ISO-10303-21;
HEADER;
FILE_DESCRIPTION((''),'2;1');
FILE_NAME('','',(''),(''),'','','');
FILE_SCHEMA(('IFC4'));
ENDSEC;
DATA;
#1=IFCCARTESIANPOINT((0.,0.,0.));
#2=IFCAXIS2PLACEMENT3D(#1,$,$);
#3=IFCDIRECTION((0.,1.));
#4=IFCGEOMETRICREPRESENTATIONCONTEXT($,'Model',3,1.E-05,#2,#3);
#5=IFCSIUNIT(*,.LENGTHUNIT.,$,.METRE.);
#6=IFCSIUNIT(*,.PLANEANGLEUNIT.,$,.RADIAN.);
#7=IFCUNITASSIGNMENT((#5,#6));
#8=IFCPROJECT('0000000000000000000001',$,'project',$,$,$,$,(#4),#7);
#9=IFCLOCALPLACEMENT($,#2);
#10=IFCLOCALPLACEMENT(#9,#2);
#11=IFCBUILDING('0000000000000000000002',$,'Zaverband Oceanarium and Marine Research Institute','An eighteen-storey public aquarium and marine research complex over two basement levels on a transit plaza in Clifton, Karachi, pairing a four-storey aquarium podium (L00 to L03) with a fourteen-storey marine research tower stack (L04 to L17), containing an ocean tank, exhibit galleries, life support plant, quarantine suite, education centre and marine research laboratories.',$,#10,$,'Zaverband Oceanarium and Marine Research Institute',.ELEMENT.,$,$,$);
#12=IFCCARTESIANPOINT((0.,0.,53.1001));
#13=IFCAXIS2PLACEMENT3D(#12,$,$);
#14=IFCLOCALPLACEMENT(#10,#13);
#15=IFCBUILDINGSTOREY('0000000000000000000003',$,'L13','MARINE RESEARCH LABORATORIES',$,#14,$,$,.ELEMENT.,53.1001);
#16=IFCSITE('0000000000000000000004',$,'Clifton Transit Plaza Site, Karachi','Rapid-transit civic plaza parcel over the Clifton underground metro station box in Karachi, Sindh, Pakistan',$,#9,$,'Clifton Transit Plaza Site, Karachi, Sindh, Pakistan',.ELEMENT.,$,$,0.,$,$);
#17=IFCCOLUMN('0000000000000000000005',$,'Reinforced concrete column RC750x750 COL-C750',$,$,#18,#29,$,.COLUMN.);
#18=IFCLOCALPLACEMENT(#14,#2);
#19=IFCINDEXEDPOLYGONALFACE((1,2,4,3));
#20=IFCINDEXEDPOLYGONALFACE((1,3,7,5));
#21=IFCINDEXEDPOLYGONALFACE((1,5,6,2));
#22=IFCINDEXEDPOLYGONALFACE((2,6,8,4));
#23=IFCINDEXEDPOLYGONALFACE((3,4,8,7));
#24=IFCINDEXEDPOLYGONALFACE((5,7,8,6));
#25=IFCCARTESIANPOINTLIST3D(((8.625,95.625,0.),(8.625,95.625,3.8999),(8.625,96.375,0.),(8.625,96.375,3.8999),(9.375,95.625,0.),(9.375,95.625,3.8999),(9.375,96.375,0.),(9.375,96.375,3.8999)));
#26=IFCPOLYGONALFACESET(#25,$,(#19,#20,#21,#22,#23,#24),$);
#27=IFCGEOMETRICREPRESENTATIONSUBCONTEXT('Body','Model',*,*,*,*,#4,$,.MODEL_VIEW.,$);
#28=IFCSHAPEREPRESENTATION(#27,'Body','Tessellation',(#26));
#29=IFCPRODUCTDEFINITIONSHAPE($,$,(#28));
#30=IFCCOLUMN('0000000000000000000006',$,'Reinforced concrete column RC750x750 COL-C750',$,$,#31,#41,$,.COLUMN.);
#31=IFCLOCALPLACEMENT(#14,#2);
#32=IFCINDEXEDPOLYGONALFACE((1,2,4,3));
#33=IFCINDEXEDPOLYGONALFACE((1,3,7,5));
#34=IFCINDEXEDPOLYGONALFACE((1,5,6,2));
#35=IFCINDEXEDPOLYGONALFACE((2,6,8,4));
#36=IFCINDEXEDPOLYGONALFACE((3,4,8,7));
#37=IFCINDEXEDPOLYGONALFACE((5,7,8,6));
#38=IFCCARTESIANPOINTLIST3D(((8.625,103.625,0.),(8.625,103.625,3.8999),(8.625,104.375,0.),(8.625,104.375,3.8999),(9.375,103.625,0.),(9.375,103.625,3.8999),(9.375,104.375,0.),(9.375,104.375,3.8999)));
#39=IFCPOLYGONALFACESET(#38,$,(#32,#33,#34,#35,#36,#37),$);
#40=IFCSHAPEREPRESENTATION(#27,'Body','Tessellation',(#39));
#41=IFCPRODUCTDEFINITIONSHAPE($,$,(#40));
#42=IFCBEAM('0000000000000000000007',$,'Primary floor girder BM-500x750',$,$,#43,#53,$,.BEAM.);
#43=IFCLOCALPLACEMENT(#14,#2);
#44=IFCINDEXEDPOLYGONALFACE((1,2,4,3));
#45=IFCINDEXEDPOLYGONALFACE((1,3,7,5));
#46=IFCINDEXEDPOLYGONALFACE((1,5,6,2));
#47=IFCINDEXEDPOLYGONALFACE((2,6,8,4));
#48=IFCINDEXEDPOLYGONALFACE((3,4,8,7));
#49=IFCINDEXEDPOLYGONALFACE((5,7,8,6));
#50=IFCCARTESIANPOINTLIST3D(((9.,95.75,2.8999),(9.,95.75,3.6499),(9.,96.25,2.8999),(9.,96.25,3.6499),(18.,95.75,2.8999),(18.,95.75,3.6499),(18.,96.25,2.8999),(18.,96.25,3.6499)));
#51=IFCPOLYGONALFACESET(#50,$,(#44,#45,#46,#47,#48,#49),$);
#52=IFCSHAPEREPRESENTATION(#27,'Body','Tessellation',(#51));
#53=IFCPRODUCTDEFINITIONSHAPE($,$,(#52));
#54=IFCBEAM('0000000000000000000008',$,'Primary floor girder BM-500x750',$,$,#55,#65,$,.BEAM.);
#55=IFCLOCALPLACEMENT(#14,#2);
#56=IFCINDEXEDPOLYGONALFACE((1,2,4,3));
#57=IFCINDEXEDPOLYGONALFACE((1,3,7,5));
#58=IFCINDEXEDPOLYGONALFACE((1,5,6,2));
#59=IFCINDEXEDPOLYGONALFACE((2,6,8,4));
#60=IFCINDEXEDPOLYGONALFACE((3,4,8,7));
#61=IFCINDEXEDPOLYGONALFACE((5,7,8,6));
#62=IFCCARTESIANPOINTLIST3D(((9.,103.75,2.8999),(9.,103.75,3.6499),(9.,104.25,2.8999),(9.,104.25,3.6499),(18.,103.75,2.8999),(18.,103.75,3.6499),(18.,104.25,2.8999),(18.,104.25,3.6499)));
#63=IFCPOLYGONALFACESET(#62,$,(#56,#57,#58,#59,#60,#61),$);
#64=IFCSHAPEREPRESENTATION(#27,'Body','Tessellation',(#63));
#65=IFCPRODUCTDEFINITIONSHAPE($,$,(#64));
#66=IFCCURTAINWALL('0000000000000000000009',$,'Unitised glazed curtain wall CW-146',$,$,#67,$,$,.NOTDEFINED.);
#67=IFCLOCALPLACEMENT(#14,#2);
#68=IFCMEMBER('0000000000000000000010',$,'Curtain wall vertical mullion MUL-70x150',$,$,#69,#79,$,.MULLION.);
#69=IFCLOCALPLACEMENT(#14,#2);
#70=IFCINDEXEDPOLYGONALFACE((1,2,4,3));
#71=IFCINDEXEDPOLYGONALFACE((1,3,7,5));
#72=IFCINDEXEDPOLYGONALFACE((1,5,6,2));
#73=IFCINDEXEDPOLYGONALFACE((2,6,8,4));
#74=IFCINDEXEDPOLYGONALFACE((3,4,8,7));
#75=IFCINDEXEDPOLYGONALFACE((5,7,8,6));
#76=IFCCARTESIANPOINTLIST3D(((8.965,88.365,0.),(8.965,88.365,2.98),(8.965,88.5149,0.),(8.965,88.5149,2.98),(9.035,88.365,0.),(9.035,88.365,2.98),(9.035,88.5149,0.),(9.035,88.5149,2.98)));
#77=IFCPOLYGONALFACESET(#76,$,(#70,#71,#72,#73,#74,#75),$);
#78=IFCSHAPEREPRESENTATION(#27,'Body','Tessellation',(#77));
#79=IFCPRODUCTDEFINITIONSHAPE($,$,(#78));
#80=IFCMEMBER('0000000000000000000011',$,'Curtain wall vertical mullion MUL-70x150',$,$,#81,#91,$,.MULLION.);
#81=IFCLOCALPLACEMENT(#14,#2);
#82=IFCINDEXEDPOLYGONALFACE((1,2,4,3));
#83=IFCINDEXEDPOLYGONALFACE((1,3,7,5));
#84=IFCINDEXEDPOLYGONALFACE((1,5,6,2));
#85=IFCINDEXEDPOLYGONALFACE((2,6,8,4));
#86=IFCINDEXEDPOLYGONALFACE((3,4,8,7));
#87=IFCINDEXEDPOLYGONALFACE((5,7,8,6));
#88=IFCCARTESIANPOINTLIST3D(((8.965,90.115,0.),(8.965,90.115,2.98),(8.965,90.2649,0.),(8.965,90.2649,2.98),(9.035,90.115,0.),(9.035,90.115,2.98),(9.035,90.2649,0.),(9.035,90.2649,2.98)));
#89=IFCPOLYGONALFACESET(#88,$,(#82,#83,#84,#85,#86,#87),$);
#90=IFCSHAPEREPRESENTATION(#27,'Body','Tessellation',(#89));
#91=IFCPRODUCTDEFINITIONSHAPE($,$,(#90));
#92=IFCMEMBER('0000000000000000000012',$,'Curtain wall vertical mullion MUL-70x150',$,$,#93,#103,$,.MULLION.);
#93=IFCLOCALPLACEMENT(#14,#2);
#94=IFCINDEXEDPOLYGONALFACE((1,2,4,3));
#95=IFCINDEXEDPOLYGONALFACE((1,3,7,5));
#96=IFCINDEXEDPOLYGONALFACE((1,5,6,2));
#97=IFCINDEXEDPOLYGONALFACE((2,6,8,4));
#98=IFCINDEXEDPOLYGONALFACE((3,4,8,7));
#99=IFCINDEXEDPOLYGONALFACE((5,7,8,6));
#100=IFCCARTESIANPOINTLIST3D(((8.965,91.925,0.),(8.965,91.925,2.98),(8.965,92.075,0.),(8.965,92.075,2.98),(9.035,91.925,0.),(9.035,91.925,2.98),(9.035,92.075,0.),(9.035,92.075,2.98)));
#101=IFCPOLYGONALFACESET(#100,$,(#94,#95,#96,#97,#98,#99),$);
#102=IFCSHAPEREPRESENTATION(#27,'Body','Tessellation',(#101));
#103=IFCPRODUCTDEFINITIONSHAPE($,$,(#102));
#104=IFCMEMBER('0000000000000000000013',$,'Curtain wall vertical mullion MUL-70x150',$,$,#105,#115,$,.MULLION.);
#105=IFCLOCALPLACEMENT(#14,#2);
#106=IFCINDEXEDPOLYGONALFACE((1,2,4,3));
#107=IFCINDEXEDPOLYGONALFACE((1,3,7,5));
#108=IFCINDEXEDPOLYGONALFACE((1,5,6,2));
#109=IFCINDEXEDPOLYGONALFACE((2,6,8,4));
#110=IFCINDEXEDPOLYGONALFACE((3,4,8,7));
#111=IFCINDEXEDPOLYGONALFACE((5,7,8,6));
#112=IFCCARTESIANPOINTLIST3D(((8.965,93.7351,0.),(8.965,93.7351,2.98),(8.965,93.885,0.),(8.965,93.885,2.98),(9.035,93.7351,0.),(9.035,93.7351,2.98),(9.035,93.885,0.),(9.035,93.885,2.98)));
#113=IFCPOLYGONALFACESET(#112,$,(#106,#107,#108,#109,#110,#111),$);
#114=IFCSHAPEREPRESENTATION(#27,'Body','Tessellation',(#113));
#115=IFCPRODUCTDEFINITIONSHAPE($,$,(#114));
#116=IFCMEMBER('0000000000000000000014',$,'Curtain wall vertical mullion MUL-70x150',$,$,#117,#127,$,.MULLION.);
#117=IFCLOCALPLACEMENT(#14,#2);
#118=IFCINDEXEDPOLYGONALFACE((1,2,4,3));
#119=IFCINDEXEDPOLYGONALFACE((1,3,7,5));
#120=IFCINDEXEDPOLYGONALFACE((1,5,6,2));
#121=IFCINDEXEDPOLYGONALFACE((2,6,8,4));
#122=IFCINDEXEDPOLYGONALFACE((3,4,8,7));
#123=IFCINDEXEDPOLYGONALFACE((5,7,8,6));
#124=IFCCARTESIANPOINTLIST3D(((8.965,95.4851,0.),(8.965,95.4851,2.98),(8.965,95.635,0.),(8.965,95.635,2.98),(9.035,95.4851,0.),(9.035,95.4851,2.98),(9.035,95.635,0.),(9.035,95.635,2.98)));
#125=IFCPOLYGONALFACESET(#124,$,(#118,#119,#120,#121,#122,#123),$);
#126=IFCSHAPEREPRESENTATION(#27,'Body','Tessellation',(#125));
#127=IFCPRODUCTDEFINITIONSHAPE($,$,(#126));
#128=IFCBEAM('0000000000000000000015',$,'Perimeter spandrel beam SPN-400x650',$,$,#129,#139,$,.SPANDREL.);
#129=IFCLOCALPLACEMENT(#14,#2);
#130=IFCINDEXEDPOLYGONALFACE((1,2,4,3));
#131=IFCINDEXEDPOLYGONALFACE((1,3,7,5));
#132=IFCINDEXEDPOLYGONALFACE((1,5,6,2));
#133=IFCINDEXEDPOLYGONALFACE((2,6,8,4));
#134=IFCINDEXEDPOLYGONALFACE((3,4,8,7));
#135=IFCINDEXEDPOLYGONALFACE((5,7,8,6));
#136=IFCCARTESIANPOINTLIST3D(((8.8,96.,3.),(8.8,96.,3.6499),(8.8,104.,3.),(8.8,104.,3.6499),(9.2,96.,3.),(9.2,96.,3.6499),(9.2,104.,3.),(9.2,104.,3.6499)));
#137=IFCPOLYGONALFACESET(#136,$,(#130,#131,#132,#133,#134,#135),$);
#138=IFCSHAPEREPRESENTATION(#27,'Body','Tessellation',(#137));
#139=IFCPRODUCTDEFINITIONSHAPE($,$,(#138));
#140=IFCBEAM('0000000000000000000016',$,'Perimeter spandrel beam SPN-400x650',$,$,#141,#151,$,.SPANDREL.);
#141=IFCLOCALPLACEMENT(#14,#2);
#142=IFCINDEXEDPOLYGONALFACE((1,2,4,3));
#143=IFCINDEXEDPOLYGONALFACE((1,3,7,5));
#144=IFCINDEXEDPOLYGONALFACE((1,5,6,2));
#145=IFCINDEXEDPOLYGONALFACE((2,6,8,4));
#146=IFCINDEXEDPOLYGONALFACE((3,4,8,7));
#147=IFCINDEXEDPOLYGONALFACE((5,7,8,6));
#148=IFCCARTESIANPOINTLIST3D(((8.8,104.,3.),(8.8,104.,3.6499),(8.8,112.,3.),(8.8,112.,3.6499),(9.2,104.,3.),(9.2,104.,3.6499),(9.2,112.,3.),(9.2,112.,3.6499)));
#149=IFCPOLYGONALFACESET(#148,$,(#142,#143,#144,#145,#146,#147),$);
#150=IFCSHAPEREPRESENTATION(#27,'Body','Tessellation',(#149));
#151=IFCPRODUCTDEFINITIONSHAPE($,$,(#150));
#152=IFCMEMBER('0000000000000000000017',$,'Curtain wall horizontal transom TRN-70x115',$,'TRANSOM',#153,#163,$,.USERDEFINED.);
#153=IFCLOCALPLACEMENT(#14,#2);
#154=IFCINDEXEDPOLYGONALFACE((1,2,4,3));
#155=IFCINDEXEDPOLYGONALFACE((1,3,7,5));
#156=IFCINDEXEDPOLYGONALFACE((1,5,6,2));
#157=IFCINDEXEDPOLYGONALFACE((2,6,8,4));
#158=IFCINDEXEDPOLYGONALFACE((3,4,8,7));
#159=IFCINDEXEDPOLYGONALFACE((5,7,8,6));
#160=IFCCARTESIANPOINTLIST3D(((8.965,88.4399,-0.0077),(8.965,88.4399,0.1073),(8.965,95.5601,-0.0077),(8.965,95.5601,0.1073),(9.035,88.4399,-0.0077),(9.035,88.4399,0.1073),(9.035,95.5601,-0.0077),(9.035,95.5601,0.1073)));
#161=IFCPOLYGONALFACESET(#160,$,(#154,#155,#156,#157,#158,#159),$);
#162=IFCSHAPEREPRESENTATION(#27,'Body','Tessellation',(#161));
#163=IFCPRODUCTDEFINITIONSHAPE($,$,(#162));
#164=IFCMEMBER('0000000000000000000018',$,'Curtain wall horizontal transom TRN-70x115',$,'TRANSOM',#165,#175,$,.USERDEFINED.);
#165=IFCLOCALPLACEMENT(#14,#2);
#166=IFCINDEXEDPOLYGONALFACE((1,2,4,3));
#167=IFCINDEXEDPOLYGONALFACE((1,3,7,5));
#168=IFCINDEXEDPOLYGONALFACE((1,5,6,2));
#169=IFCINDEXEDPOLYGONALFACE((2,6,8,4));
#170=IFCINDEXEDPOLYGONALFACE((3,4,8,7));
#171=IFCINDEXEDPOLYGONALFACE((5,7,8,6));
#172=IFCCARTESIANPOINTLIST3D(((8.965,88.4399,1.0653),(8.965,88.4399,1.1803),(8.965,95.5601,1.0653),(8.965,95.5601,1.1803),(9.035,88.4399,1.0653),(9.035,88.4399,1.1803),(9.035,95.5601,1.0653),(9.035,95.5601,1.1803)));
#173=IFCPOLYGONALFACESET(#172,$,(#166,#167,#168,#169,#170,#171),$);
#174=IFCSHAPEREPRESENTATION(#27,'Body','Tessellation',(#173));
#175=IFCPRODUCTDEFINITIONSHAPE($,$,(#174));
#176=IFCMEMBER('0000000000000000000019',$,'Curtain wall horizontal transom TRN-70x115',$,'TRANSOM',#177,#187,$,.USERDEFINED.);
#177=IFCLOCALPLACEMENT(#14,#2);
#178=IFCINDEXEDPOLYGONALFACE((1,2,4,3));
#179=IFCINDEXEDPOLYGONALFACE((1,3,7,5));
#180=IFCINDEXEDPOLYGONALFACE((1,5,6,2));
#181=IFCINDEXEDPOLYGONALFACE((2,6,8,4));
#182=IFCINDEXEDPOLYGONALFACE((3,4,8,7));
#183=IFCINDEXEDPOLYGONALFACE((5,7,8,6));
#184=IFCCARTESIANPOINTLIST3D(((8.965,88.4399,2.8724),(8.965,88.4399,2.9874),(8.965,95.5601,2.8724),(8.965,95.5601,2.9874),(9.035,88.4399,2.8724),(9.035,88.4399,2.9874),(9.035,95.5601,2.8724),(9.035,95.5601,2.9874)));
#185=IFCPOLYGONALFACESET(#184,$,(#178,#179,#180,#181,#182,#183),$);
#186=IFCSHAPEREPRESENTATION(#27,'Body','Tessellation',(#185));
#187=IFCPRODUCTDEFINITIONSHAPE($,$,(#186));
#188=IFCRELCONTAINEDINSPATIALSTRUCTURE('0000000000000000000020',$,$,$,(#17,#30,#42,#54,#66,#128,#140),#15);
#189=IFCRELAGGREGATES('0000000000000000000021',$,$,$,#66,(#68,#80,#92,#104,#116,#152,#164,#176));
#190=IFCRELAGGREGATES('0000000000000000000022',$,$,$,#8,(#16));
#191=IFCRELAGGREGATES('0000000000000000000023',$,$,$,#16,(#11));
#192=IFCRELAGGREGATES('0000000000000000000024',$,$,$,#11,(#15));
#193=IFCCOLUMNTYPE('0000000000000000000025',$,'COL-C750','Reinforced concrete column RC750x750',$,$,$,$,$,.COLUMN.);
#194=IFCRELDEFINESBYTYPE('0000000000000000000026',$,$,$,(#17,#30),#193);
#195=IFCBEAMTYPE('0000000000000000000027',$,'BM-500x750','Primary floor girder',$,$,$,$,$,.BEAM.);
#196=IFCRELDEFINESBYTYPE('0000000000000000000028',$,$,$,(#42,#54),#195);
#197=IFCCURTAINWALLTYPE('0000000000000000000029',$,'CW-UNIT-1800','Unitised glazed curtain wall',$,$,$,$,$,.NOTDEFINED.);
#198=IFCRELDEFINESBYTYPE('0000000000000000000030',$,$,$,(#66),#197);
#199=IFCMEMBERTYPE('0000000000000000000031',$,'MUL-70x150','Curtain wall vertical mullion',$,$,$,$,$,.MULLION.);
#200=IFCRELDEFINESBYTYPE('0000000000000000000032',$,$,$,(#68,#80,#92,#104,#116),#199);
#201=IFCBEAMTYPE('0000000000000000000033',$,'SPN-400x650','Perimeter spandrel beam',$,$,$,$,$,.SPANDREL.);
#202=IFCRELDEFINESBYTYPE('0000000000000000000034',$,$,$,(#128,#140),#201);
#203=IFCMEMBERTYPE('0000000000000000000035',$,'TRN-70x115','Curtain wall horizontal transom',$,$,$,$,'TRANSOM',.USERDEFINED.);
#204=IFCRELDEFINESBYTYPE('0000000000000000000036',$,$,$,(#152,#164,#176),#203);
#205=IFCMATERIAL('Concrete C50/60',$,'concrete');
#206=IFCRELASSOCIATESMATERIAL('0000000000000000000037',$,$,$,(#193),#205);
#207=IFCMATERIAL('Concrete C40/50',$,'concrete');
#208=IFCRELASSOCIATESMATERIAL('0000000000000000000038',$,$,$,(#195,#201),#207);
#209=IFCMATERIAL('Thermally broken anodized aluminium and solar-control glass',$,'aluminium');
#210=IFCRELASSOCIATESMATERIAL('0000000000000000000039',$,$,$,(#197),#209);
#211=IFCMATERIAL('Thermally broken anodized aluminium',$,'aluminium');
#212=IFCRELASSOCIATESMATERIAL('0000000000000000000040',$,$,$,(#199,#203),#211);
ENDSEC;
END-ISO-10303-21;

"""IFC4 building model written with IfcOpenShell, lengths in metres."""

from ifc_helpers import new_model, si_unit, direction, frame, origin, origin_2d, place, context, subcontext, project, spatial, rectangle, extrude, material, material_profile, profile_set, type_object, element, aggregate, save


model = new_model("IFC4")

# Units and contexts
model_context = context("Model", 3, precision=1e-05, world=origin(), true_north=direction((0.0, 1.0)))
body_context = subcontext(model_context, "Body", "Model", "MODEL_VIEW")
ifc_project = project(units=[si_unit("LENGTHUNIT", "METRE"), si_unit("PLANEANGLEUNIT", "RADIAN")], contexts=[model_context])

# Site, building, storey
site_placement = place(None, origin())
site = spatial("IfcSite", under=ifc_project, at=site_placement, Name="Clifton Transit Plaza Site, Karachi", Description="Rapid-transit civic plaza parcel over the Clifton underground metro station box in Karachi, Sindh, Pakistan", LongName="Clifton Transit Plaza Site, Karachi, Sindh, Pakistan", CompositionType="ELEMENT", RefElevation=0.0)
building_placement = place(site_placement, origin())
building = spatial("IfcBuilding", under=site, at=building_placement, Name="Zaverband Oceanarium and Marine Research Institute", Description="An eighteen-storey public aquarium and marine research complex over two basement levels on a transit plaza in Clifton, Karachi, pairing a four-storey aquarium podium (L00 to L03) with a fourteen-storey marine research tower stack (L04 to L17), containing an ocean tank, exhibit galleries, life support plant, quarantine suite, education centre and marine research laboratories.", LongName="Zaverband Oceanarium and Marine Research Institute", CompositionType="ELEMENT")
storey_placement = place(building_placement, frame((0.0, 0.0, 53.1001)))
storey = spatial("IfcBuildingStorey", under=building, at=storey_placement, Name="L13", Description="MARINE RESEARCH LABORATORIES", CompositionType="ELEMENT", Elevation=53.1001)

# Columns
ifc_material_1 = material(Name="Concrete C50/60", Category="concrete")
ifc_material_profile_1 = material_profile(ifc_material_1, rectangle(XDim=0.75, YDim=0.75, at=origin_2d()), Name="RC750x750")
ifc_profile_set_1 = profile_set([ifc_material_profile_1], Name="Concrete C50/60")
column_type = type_object("IfcColumnType", Name="COL-C750", Description="Reinforced concrete column RC750x750", PredefinedType="COLUMN", material=ifc_profile_set_1)
for number, where, z_axis, x_axis, name in (
    (1, (9.0, 96.0, 0.0), (0.0, 0.0, 1.0), (1.0, 0.0, 0.0), "Reinforced concrete column RC750x750 COL-C750"),
    (2, (9.0, 104.0, 0.0), (0.0, 0.0, 1.0), (1.0, 0.0, 0.0), "Reinforced concrete column RC750x750 COL-C750"),
):
    element("IfcColumn", number, at=place(storey_placement, frame(where, z_axis=z_axis, x_axis=x_axis)), inside=storey, type_object=column_type, Name=name, PredefinedType="COLUMN", context=body_context, shape_type="SweptSolid", body=[
        extrude(rectangle(XDim=0.75, YDim=0.75, at=origin_2d()), origin(), (0.0, 0.0, 1.0), 3.8999),
    ])

# Beams
ifc_material_2 = material(Name="Concrete C40/50", Category="concrete")
ifc_material_profile_2 = material_profile(ifc_material_2, rectangle(XDim=0.5, YDim=0.75, at=origin_2d()), Name="RC500x750")
ifc_profile_set_2 = profile_set([ifc_material_profile_2], Name="Concrete C40/50")
beam_type_1 = type_object("IfcBeamType", Name="BM-500x750", Description="Primary floor girder", PredefinedType="BEAM", material=ifc_profile_set_2)
for number, where, z_axis, x_axis, name in (
    (3, (9.0, 96.0, 3.2749), (1.0, 0.0, 0.0), (0.0, 1.0, 0.0), "Primary floor girder BM-500x750"),
    (4, (9.0, 104.0, 3.2749), (1.0, 0.0, 0.0), (0.0, 1.0, 0.0), "Primary floor girder BM-500x750"),
):
    element("IfcBeam", number, at=place(storey_placement, frame(where, z_axis=z_axis, x_axis=x_axis)), inside=storey, type_object=beam_type_1, Name=name, PredefinedType="BEAM", context=body_context, shape_type="SweptSolid", body=[
        extrude(rectangle(XDim=0.5, YDim=0.75, at=origin_2d()), origin(), (0.0, 0.0, 1.0), 9.0),
    ])

# Curtain wall, members
ifc_material_3 = material(Name="Thermally broken anodized aluminium and solar-control glass", Category="aluminium")
curtain_wall_type = type_object("IfcCurtainWallType", Name="CW-UNIT-1800", Description="Unitised glazed curtain wall", PredefinedType="NOTDEFINED", material=ifc_material_3)
curtain_wall_placement = place(storey_placement, origin())
curtain_wall = element("IfcCurtainWall", 5, at=curtain_wall_placement, inside=storey, type_object=curtain_wall_type, Name="Unitised glazed curtain wall CW-146", PredefinedType="NOTDEFINED")
ifc_material_4 = material(Name="Thermally broken anodized aluminium", Category="aluminium")
ifc_material_profile_3 = material_profile(ifc_material_4, rectangle(XDim=0.0701, YDim=0.1499, at=origin_2d()), Name="AL-MUL-70x150")
ifc_profile_set_3 = profile_set([ifc_material_profile_3], Name="Thermally broken anodized aluminium")
member_type_1 = type_object("IfcMemberType", Name="MUL-70x150", Description="Curtain wall vertical mullion", PredefinedType="MULLION", material=ifc_profile_set_3)
member_1_placement = place(storey_placement, frame((9.0, 88.4399, 0.0), z_axis=(0.0, 0.0, 1.0), x_axis=(1.0, 0.0, 0.0)))
member_1 = element("IfcMember", 6, at=member_1_placement, type_object=member_type_1, Name="Curtain wall vertical mullion MUL-70x150", PredefinedType="MULLION", context=body_context, shape_type="SweptSolid", body=[
    extrude(rectangle(XDim=0.0701, YDim=0.1499, at=origin_2d()), origin(), (0.0, 0.0, 1.0), 2.98),
])
member_2_placement = place(storey_placement, frame((9.0, 90.1899, 0.0), z_axis=(0.0, 0.0, 1.0), x_axis=(1.0, 0.0, 0.0)))
member_2 = element("IfcMember", 7, at=member_2_placement, type_object=member_type_1, Name="Curtain wall vertical mullion MUL-70x150", PredefinedType="MULLION", context=body_context, shape_type="SweptSolid", body=[
    extrude(rectangle(XDim=0.0701, YDim=0.1499, at=origin_2d()), origin(), (0.0, 0.0, 1.0), 2.98),
])
member_3_placement = place(storey_placement, frame((9.0, 92.0, 0.0), z_axis=(0.0, 0.0, 1.0), x_axis=(1.0, 0.0, 0.0)))
member_3 = element("IfcMember", 8, at=member_3_placement, type_object=member_type_1, Name="Curtain wall vertical mullion MUL-70x150", PredefinedType="MULLION", context=body_context, shape_type="SweptSolid", body=[
    extrude(rectangle(XDim=0.0701, YDim=0.1499, at=origin_2d()), origin(), (0.0, 0.0, 1.0), 2.98),
])
member_4_placement = place(storey_placement, frame((9.0, 93.8101, 0.0), z_axis=(0.0, 0.0, 1.0), x_axis=(1.0, 0.0, 0.0)))
member_4 = element("IfcMember", 9, at=member_4_placement, type_object=member_type_1, Name="Curtain wall vertical mullion MUL-70x150", PredefinedType="MULLION", context=body_context, shape_type="SweptSolid", body=[
    extrude(rectangle(XDim=0.0701, YDim=0.1499, at=origin_2d()), origin(), (0.0, 0.0, 1.0), 2.98),
])
member_5_placement = place(storey_placement, frame((9.0, 95.5601, 0.0), z_axis=(0.0, 0.0, 1.0), x_axis=(1.0, 0.0, 0.0)))
member_5 = element("IfcMember", 10, at=member_5_placement, type_object=member_type_1, Name="Curtain wall vertical mullion MUL-70x150", PredefinedType="MULLION", context=body_context, shape_type="SweptSolid", body=[
    extrude(rectangle(XDim=0.0701, YDim=0.1499, at=origin_2d()), origin(), (0.0, 0.0, 1.0), 2.98),
])

# Beams
ifc_material_profile_4 = material_profile(ifc_material_2, rectangle(XDim=0.3999, YDim=0.6499, at=origin_2d()), Name="RC400x650")
ifc_profile_set_4 = profile_set([ifc_material_profile_4], Name="Concrete C40/50")
beam_type_2 = type_object("IfcBeamType", Name="SPN-400x650", Description="Perimeter spandrel beam", PredefinedType="SPANDREL", material=ifc_profile_set_4)
for number, where, z_axis, x_axis, name in (
    (11, (9.0, 96.0, 3.325), (0.0, 1.0, 0.0), (-1.0, 0.0, 0.0), "Perimeter spandrel beam SPN-400x650"),
    (12, (9.0, 104.0, 3.325), (0.0, 1.0, 0.0), (-1.0, 0.0, 0.0), "Perimeter spandrel beam SPN-400x650"),
):
    element("IfcBeam", number, at=place(storey_placement, frame(where, z_axis=z_axis, x_axis=x_axis)), inside=storey, type_object=beam_type_2, Name=name, PredefinedType="SPANDREL", context=body_context, shape_type="SweptSolid", body=[
        extrude(rectangle(XDim=0.3999, YDim=0.6499, at=origin_2d()), origin(), (0.0, 0.0, 1.0), 8.0),
    ])

# Members
ifc_material_profile_5 = material_profile(ifc_material_4, rectangle(XDim=0.0701, YDim=0.115, at=origin_2d()), Name="AL-TRN-70x115")
ifc_profile_set_5 = profile_set([ifc_material_profile_5], Name="Thermally broken anodized aluminium")
member_type_2 = type_object("IfcMemberType", Name="TRN-70x115", Description="Curtain wall horizontal transom", ElementType="TRANSOM", PredefinedType="USERDEFINED", material=ifc_profile_set_5)
member_6_placement = place(storey_placement, frame((9.0, 88.4399, 0.0498), z_axis=(0.0, 1.0, 0.0), x_axis=(-1.0, 0.0, 0.0)))
member_6 = element("IfcMember", 13, at=member_6_placement, type_object=member_type_2, Name="Curtain wall horizontal transom TRN-70x115", ObjectType="TRANSOM", PredefinedType="USERDEFINED", context=body_context, shape_type="SweptSolid", body=[
    extrude(rectangle(XDim=0.0701, YDim=0.115, at=origin_2d()), origin(), (0.0, 0.0, 1.0), 7.1201),
])
member_7_placement = place(storey_placement, frame((9.0, 88.4399, 1.1228), z_axis=(0.0, 1.0, 0.0), x_axis=(-1.0, 0.0, 0.0)))
member_7 = element("IfcMember", 14, at=member_7_placement, type_object=member_type_2, Name="Curtain wall horizontal transom TRN-70x115", ObjectType="TRANSOM", PredefinedType="USERDEFINED", context=body_context, shape_type="SweptSolid", body=[
    extrude(rectangle(XDim=0.0701, YDim=0.115, at=origin_2d()), origin(), (0.0, 0.0, 1.0), 7.1201),
])
member_8_placement = place(storey_placement, frame((9.0, 88.4399, 2.9299), z_axis=(0.0, 1.0, 0.0), x_axis=(-1.0, 0.0, 0.0)))
member_8 = element("IfcMember", 15, at=member_8_placement, type_object=member_type_2, Name="Curtain wall horizontal transom TRN-70x115", ObjectType="TRANSOM", PredefinedType="USERDEFINED", context=body_context, shape_type="SweptSolid", body=[
    extrude(rectangle(XDim=0.0701, YDim=0.115, at=origin_2d()), origin(), (0.0, 0.0, 1.0), 7.1201),
])

aggregate(curtain_wall, [member_1, member_2, member_3, member_4, member_5, member_6, member_7, member_8])

save(model, "model.ifc")
